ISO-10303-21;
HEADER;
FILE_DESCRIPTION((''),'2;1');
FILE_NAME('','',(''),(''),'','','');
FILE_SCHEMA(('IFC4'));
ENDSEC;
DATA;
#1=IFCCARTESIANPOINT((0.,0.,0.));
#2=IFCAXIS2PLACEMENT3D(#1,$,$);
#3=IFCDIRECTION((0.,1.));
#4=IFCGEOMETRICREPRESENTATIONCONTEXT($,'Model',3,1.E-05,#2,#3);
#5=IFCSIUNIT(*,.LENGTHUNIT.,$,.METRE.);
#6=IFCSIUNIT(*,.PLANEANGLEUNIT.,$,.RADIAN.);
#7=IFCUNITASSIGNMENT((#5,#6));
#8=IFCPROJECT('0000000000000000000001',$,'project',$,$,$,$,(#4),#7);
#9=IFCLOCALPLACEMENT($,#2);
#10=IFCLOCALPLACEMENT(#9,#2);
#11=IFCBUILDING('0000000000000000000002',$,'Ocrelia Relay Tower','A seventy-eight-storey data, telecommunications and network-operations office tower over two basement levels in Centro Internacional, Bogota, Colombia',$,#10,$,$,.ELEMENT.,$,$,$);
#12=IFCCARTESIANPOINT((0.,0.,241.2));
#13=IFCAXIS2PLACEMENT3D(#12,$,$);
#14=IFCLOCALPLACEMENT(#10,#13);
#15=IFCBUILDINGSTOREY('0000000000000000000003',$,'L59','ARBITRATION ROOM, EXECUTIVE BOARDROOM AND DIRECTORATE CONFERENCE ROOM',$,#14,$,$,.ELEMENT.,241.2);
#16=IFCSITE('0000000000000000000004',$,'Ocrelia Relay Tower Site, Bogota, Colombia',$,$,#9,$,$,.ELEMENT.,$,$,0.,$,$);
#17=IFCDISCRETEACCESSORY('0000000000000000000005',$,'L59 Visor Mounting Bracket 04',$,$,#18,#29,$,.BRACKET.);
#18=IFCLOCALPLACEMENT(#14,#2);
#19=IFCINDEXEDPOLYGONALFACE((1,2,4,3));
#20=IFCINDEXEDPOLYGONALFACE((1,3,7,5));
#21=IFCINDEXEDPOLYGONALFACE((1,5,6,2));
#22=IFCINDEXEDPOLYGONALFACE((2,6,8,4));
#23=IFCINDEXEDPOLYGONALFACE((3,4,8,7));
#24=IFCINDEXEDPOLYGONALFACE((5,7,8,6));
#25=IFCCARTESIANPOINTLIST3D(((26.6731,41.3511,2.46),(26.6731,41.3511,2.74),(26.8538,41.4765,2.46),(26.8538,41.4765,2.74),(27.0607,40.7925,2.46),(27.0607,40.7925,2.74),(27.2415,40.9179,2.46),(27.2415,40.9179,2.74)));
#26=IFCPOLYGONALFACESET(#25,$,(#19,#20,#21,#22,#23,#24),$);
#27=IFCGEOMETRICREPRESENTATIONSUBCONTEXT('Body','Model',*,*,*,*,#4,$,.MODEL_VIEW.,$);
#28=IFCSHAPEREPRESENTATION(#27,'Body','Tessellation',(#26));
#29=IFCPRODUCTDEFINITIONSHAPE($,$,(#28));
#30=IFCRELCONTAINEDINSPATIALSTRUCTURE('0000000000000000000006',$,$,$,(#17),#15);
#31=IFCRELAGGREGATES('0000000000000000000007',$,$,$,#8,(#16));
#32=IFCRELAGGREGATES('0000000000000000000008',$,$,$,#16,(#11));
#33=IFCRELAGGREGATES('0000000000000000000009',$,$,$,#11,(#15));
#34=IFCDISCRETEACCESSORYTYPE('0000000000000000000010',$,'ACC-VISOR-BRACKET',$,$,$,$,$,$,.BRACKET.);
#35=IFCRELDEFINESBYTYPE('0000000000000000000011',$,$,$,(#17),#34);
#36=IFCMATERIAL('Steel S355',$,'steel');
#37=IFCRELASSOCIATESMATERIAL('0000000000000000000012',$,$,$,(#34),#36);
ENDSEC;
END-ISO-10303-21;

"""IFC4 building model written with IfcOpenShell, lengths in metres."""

from ifc_helpers import new_model, si_unit, direction, frame, origin, origin_2d, place, context, subcontext, project, spatial, rectangle, extrude, material, type_object, element, save


model = new_model("IFC4")

# Units and contexts
model_context = context("Model", 3, precision=1e-05, world=origin(), true_north=direction((0.0, 1.0)))
body_context = subcontext(model_context, "Body", "Model", "MODEL_VIEW")
ifc_project = project(units=[si_unit("LENGTHUNIT", "METRE"), si_unit("PLANEANGLEUNIT", "RADIAN")], contexts=[model_context])

# Site, building, storey
site_placement = place(None, origin())
site = spatial("IfcSite", under=ifc_project, at=site_placement, Name="Ocrelia Relay Tower Site, Bogota, Colombia", CompositionType="ELEMENT", RefElevation=0.0)
building_placement = place(site_placement, origin())
building = spatial("IfcBuilding", under=site, at=building_placement, Name="Ocrelia Relay Tower", Description="A seventy-eight-storey data, telecommunications and network-operations office tower over two basement levels in Centro Internacional, Bogota, Colombia", CompositionType="ELEMENT")
storey_placement = place(building_placement, frame((0.0, 0.0, 241.2)))
storey = spatial("IfcBuildingStorey", under=building, at=storey_placement, Name="L59", Description="ARBITRATION ROOM, EXECUTIVE BOARDROOM AND DIRECTORATE CONFERENCE ROOM", CompositionType="ELEMENT", Elevation=241.2)

# Shared definitions
ifc_material_1 = material(Name="Steel S355", Category="steel")

# Discrete accessory
discrete_accessory_type = type_object("IfcDiscreteAccessoryType", Name="ACC-VISOR-BRACKET", PredefinedType="BRACKET", material=ifc_material_1)
discrete_accessory_placement = place(storey_placement, frame((26.9573, 41.1345, 2.46), z_axis=(0.0, 0.0, 1.0), x_axis=(-0.821564, -0.570117, 0.0)))
element("IfcDiscreteAccessory", 1, at=discrete_accessory_placement, inside=storey, type_object=discrete_accessory_type, Name="L59 Visor Mounting Bracket 04", PredefinedType="BRACKET", context=body_context, shape_type="SweptSolid", body=[
    extrude(rectangle(XDim=0.22, YDim=0.6799, at=origin_2d()), origin(), (0.0, 0.0, 1.0), 0.28),
])

save(model, "model.ifc")
